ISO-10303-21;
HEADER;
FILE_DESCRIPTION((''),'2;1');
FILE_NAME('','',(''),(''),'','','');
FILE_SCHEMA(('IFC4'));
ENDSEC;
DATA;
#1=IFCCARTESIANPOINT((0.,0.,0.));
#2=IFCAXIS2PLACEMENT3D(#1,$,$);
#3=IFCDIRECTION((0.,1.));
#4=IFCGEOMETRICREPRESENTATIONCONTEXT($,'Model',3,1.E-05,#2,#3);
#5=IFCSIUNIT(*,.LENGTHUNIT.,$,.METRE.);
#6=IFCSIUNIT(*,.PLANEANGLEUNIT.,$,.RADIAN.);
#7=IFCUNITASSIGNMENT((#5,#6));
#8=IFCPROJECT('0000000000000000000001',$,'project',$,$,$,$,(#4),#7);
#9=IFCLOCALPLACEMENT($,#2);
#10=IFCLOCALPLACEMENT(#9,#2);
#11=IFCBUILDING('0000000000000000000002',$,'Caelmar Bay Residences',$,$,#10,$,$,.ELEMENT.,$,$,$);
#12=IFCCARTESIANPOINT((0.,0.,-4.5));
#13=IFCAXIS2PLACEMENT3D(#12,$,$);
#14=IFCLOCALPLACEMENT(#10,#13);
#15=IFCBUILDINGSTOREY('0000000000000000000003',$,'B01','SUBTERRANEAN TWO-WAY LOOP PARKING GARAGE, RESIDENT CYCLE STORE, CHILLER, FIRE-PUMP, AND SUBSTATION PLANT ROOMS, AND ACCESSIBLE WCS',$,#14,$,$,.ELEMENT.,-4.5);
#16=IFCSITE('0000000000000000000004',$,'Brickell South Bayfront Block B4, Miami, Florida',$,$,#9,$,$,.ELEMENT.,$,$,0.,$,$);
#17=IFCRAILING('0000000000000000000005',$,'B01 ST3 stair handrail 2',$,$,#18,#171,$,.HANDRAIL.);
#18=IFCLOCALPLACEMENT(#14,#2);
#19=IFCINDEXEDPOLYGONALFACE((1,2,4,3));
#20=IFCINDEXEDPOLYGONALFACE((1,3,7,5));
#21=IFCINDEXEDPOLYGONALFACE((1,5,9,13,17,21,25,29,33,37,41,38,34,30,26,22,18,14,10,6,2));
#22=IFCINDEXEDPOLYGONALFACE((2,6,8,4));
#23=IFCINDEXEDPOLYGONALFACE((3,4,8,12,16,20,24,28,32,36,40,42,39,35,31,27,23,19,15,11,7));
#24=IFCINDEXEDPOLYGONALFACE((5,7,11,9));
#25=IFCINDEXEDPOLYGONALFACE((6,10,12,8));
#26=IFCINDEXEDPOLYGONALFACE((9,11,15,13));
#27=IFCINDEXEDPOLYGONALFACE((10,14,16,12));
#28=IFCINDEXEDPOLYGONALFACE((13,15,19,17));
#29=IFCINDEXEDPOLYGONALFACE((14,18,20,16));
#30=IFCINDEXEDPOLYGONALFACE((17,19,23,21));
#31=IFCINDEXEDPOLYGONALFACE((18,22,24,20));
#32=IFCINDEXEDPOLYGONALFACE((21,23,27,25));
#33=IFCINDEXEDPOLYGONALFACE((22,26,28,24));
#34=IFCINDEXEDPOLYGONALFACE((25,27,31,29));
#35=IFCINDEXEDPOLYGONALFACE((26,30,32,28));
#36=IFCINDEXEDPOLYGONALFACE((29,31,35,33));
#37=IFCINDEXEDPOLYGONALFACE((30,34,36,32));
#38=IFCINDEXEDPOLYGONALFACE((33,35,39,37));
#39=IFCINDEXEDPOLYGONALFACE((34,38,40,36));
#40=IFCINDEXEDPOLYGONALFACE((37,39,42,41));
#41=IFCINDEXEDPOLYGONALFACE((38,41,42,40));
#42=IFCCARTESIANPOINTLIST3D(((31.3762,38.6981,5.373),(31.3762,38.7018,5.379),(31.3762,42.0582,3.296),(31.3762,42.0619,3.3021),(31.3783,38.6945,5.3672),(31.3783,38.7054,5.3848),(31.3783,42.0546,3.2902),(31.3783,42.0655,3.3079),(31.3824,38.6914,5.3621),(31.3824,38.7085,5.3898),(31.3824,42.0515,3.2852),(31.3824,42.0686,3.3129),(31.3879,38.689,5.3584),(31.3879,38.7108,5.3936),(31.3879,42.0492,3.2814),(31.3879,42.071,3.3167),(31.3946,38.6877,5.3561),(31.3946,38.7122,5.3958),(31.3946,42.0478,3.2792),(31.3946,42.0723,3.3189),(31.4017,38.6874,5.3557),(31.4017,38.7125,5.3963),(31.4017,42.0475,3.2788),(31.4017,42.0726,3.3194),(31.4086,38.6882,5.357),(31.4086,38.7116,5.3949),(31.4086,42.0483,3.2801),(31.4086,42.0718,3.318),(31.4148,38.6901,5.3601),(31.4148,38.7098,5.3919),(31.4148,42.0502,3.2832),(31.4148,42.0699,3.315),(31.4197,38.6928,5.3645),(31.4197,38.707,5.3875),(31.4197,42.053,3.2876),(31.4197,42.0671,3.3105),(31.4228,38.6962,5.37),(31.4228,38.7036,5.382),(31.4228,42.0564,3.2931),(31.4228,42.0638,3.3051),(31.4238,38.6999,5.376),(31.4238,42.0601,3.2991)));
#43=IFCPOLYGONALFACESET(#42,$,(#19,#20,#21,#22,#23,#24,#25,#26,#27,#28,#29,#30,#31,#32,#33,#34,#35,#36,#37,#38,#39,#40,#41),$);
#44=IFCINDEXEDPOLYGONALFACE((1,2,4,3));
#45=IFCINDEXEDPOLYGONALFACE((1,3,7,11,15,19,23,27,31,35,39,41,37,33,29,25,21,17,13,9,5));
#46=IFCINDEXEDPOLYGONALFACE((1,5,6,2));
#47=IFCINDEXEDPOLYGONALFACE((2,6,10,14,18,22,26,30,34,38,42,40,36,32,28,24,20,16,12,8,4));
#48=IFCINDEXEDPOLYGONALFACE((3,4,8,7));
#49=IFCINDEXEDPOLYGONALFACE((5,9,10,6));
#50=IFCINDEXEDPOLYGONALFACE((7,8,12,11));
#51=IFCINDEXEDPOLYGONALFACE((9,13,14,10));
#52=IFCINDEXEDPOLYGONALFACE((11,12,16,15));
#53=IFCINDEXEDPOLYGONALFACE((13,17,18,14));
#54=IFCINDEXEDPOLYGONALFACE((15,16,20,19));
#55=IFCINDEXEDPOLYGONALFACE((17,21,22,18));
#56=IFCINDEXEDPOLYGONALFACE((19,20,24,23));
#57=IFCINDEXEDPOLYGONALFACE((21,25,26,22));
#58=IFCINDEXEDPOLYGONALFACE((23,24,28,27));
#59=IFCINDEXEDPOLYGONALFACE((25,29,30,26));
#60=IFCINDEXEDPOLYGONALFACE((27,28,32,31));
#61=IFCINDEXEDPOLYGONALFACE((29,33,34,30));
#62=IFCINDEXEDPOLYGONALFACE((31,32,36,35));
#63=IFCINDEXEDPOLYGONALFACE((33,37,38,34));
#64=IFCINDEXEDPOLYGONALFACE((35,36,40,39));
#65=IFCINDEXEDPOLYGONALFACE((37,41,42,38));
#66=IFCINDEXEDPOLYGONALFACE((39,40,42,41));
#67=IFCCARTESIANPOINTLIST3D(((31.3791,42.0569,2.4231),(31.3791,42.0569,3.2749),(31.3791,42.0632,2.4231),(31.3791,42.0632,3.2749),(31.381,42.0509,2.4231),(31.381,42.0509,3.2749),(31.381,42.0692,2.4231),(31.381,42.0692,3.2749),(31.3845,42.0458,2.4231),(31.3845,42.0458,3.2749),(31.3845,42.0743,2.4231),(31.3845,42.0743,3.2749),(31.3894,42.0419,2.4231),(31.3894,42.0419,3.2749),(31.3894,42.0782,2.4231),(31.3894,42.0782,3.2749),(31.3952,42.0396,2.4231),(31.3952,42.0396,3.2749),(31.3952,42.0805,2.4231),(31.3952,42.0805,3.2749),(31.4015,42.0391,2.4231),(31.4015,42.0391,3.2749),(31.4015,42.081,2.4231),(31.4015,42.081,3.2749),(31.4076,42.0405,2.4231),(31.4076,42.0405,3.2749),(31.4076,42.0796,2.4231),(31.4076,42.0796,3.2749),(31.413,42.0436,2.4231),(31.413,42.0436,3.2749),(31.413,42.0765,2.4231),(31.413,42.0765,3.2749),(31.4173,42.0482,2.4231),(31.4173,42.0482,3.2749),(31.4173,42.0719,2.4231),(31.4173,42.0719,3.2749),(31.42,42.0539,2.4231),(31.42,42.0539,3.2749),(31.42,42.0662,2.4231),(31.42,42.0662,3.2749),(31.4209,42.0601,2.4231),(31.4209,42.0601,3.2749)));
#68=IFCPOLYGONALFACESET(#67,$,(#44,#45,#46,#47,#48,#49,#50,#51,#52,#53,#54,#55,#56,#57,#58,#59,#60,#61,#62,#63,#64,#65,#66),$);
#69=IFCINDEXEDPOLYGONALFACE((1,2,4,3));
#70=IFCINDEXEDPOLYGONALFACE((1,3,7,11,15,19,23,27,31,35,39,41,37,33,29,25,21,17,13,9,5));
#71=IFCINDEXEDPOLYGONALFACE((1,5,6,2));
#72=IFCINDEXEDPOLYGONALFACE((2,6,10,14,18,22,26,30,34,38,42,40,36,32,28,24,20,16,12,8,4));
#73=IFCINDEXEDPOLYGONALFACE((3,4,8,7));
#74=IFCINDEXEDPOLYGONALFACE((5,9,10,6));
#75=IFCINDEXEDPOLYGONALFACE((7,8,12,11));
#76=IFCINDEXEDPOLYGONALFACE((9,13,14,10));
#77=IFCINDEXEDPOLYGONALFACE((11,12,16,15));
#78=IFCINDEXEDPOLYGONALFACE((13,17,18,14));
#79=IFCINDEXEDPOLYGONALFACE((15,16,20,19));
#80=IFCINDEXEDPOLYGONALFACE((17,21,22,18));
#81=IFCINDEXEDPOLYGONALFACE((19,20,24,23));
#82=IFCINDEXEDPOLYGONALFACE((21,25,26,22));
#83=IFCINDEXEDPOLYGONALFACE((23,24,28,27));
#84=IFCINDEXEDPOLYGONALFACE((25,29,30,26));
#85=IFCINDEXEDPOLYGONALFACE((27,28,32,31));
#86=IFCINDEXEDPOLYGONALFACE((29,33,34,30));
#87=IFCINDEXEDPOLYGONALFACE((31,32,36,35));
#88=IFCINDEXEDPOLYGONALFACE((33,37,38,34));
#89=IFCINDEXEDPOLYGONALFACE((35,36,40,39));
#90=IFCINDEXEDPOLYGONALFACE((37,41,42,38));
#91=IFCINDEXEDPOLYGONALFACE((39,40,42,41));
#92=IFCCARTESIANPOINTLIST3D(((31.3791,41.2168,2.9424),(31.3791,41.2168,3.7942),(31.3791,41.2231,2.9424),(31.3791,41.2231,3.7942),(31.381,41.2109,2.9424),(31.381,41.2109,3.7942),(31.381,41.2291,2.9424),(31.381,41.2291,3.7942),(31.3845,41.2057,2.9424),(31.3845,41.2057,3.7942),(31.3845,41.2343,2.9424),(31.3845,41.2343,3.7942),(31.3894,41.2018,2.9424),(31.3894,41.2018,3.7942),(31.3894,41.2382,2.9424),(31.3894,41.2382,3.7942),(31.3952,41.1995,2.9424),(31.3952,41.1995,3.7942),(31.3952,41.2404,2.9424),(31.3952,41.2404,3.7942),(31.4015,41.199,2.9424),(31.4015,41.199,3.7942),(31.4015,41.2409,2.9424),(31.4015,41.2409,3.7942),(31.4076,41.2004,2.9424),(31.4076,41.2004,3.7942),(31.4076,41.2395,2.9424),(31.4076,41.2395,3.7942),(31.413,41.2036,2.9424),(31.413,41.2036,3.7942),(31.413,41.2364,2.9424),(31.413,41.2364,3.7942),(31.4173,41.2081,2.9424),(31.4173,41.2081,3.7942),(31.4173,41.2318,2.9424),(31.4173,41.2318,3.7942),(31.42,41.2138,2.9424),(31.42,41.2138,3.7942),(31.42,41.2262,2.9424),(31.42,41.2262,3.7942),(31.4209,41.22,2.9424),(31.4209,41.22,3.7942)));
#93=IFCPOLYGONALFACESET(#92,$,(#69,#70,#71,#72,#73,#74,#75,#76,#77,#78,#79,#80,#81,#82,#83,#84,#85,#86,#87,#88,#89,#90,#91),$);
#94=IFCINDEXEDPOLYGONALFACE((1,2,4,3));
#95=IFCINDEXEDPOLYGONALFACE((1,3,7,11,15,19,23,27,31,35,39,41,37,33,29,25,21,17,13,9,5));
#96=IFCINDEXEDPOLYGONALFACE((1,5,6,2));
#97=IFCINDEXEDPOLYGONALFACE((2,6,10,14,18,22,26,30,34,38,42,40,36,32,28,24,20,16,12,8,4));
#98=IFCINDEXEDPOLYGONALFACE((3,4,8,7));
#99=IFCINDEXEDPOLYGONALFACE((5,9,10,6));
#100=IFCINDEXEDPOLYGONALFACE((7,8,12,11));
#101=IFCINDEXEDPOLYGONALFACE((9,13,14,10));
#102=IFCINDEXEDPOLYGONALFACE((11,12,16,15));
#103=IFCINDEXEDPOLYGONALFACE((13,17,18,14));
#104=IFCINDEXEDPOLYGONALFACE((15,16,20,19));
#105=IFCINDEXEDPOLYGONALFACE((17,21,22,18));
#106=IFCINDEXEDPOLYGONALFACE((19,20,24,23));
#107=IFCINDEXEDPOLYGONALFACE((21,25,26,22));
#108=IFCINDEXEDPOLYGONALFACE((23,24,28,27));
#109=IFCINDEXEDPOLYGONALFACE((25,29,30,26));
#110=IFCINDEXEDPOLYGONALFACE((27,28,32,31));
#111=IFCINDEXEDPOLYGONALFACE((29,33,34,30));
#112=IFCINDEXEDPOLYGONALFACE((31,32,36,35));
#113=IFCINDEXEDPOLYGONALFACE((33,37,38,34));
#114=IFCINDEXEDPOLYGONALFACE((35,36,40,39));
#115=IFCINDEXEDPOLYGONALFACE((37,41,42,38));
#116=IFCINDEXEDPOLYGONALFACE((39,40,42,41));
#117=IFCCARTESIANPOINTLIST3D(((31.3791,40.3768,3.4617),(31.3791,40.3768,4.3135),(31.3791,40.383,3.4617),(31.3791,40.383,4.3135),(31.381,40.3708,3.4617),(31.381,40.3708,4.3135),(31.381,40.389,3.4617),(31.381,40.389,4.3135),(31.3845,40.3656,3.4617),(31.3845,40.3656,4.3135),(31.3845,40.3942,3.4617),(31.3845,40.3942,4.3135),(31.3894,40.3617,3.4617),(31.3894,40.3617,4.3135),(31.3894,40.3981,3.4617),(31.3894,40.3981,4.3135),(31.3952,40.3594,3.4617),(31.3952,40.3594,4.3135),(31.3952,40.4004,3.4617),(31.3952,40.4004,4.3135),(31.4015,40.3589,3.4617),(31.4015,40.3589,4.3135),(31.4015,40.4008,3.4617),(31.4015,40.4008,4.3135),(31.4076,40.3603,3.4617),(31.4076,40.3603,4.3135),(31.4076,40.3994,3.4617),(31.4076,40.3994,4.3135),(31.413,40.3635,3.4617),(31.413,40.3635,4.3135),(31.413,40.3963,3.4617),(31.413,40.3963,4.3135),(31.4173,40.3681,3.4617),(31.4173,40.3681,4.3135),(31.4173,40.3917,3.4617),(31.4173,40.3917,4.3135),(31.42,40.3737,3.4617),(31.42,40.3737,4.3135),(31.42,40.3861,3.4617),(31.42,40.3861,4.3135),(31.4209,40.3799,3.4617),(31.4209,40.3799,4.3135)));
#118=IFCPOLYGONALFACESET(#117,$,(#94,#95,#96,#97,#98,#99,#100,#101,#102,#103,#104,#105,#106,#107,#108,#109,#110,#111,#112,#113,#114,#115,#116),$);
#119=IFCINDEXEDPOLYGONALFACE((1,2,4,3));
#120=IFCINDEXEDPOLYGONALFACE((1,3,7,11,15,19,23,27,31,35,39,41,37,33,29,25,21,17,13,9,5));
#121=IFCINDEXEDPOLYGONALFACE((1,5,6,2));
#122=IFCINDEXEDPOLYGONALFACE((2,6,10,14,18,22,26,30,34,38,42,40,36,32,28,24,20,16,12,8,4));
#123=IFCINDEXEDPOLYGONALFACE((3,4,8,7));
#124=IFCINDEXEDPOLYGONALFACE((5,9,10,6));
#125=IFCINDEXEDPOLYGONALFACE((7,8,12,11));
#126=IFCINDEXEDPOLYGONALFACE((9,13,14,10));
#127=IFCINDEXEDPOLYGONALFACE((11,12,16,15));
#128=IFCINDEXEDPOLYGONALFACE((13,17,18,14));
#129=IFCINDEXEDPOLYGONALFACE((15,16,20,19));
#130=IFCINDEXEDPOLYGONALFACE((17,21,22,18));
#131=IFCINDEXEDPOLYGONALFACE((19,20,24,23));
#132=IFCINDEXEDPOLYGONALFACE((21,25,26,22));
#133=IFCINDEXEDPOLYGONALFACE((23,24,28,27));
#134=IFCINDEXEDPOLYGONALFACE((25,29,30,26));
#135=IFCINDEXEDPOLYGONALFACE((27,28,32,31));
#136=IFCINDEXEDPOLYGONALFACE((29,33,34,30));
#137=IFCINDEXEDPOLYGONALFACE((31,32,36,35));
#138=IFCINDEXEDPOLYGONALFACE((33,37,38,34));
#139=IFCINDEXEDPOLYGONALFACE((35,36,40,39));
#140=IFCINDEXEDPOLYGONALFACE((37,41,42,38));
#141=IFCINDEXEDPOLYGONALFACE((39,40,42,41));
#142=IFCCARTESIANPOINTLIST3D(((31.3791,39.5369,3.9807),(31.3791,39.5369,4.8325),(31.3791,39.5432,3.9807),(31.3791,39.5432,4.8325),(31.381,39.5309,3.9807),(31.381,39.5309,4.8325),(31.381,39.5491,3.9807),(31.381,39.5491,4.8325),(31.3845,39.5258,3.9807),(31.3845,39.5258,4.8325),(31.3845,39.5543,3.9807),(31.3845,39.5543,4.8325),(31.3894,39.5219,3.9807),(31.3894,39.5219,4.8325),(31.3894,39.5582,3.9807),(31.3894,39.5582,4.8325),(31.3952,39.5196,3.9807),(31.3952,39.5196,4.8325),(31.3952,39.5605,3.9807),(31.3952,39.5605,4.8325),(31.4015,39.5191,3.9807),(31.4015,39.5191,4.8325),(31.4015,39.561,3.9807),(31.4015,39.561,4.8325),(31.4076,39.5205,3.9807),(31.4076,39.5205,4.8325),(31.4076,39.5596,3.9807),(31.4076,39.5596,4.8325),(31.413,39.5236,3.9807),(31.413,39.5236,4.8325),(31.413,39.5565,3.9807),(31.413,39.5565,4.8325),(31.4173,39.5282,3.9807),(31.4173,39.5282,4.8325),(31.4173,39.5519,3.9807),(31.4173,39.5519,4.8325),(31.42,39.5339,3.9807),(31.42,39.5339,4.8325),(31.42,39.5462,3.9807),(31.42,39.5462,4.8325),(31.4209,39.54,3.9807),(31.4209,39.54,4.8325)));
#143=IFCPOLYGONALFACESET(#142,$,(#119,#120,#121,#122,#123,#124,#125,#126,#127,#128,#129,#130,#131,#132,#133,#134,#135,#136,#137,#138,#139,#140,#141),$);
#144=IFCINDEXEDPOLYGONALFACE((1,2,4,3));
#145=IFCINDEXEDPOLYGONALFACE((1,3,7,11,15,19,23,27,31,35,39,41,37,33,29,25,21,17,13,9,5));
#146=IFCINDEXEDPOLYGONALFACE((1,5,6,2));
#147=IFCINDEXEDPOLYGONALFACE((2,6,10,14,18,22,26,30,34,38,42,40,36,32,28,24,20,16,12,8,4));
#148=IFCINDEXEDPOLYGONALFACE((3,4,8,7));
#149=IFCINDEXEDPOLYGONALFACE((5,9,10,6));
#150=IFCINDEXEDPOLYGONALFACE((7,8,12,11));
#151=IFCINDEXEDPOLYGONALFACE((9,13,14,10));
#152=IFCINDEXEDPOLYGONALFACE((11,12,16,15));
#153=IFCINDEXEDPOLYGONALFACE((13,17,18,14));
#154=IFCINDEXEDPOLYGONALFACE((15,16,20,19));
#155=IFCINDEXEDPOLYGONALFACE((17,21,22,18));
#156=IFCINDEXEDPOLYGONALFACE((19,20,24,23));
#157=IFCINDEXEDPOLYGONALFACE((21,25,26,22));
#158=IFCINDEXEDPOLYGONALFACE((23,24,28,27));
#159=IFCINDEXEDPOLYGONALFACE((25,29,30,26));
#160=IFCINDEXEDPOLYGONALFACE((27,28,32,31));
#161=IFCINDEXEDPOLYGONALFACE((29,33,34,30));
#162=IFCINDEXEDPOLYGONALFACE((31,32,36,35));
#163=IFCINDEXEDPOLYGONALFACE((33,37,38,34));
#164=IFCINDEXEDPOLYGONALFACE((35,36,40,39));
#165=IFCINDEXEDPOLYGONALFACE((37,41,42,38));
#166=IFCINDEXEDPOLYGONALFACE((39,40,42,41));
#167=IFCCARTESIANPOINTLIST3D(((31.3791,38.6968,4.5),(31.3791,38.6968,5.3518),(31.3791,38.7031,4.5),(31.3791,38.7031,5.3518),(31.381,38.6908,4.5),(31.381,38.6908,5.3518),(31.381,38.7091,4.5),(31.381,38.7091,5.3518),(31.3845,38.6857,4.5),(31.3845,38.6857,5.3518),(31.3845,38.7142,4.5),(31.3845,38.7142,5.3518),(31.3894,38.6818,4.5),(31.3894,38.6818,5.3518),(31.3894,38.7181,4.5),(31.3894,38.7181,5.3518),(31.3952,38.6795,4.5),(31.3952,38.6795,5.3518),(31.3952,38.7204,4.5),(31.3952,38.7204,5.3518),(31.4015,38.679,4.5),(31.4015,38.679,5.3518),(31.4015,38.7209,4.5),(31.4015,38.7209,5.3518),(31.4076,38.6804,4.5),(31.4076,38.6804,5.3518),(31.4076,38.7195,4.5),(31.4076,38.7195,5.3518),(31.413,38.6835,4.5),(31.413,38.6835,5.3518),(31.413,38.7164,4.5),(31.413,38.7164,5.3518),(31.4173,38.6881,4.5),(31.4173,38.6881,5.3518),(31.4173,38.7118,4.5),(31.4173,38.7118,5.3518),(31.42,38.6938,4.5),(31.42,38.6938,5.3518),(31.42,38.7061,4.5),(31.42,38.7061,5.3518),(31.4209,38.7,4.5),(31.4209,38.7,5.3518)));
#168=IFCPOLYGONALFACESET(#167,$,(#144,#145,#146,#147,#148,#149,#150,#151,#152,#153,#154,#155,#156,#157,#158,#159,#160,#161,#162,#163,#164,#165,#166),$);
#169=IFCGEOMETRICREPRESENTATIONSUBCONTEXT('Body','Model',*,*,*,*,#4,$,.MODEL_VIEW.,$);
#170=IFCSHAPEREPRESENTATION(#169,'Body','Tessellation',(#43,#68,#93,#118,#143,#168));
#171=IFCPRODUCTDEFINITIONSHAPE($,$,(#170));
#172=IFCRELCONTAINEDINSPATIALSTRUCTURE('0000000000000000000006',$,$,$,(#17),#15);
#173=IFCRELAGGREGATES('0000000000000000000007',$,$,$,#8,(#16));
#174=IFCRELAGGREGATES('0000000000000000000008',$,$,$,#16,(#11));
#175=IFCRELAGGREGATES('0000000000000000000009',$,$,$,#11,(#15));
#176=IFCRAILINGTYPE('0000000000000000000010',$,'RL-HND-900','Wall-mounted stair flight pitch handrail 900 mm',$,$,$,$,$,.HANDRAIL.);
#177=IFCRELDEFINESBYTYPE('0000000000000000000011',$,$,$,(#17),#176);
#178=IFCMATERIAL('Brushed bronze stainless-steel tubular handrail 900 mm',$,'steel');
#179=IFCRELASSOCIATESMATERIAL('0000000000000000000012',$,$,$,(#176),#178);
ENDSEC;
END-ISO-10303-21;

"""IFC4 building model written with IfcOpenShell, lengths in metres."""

from ifc_helpers import new_model, si_unit, direction, frame, origin, origin_2d, place, context, subcontext, project, spatial, circle, extrude, material, type_object, element, save


model = new_model("IFC4")

# Units and contexts
model_context = context("Model", 3, precision=1e-05, world=origin(), true_north=direction((0.0, 1.0)))
body_context = subcontext(model_context, "Body", "Model", "MODEL_VIEW")
ifc_project = project(units=[si_unit("LENGTHUNIT", "METRE"), si_unit("PLANEANGLEUNIT", "RADIAN")], contexts=[model_context])

# Site, building, storey
site_placement = place(None, origin())
site = spatial("IfcSite", under=ifc_project, at=site_placement, Name="Brickell South Bayfront Block B4, Miami, Florida", CompositionType="ELEMENT", RefElevation=0.0)
building_placement = place(site_placement, origin())
building = spatial("IfcBuilding", under=site, at=building_placement, Name="Caelmar Bay Residences", CompositionType="ELEMENT")
storey_placement = place(building_placement, frame((0.0, 0.0, -4.5)))
storey = spatial("IfcBuildingStorey", under=building, at=storey_placement, Name="B01", Description="SUBTERRANEAN TWO-WAY LOOP PARKING GARAGE, RESIDENT CYCLE STORE, CHILLER, FIRE-PUMP, AND SUBSTATION PLANT ROOMS, AND ACCESSIBLE WCS", CompositionType="ELEMENT", Elevation=-4.5)

# Railing
ifc_material_1 = material(Name="Brushed bronze stainless-steel tubular handrail 900 mm", Category="steel")
railing_type_1 = type_object("IfcRailingType", Name="RL-HND-900", Description="Wall-mounted stair flight pitch handrail 900 mm", PredefinedType="HANDRAIL", material=ifc_material_1)
railing_1_placement = place(storey_placement, frame((31.3999, 42.0601, 2.4231)))
element("IfcRailing", 1, at=railing_1_placement, inside=storey, type_object=railing_type_1, Name="B01 ST3 stair handrail 2", PredefinedType="HANDRAIL", context=body_context, shape_type="SweptSolid", body=[
    extrude(circle(Radius=0.0239, at=origin_2d()), frame((0.0, 0.0, 0.876), z_axis=(0.0, -0.850623, 0.525776), x_axis=(1.0, 0.0, 0.0)), (0.0, 0.0, 1.0), 3.9502),
    extrude(circle(Radius=0.021, at=origin_2d()), origin(), (0.0, 0.0, 1.0), 0.8518),
    extrude(circle(Radius=0.021, at=origin_2d()), frame((0.0, -0.8401, 0.5193)), (0.0, 0.0, 1.0), 0.8518),
    extrude(circle(Radius=0.021, at=origin_2d()), frame((0.0, -1.6802, 1.0386)), (0.0, 0.0, 1.0), 0.8518),
    extrude(circle(Radius=0.021, at=origin_2d()), frame((0.0, -2.52, 1.5576)), (0.0, 0.0, 1.0), 0.8518),
    extrude(circle(Radius=0.021, at=origin_2d()), frame((0.0, -3.3601, 2.0769)), (0.0, 0.0, 1.0), 0.8518),
])

save(model, "model.ifc")
